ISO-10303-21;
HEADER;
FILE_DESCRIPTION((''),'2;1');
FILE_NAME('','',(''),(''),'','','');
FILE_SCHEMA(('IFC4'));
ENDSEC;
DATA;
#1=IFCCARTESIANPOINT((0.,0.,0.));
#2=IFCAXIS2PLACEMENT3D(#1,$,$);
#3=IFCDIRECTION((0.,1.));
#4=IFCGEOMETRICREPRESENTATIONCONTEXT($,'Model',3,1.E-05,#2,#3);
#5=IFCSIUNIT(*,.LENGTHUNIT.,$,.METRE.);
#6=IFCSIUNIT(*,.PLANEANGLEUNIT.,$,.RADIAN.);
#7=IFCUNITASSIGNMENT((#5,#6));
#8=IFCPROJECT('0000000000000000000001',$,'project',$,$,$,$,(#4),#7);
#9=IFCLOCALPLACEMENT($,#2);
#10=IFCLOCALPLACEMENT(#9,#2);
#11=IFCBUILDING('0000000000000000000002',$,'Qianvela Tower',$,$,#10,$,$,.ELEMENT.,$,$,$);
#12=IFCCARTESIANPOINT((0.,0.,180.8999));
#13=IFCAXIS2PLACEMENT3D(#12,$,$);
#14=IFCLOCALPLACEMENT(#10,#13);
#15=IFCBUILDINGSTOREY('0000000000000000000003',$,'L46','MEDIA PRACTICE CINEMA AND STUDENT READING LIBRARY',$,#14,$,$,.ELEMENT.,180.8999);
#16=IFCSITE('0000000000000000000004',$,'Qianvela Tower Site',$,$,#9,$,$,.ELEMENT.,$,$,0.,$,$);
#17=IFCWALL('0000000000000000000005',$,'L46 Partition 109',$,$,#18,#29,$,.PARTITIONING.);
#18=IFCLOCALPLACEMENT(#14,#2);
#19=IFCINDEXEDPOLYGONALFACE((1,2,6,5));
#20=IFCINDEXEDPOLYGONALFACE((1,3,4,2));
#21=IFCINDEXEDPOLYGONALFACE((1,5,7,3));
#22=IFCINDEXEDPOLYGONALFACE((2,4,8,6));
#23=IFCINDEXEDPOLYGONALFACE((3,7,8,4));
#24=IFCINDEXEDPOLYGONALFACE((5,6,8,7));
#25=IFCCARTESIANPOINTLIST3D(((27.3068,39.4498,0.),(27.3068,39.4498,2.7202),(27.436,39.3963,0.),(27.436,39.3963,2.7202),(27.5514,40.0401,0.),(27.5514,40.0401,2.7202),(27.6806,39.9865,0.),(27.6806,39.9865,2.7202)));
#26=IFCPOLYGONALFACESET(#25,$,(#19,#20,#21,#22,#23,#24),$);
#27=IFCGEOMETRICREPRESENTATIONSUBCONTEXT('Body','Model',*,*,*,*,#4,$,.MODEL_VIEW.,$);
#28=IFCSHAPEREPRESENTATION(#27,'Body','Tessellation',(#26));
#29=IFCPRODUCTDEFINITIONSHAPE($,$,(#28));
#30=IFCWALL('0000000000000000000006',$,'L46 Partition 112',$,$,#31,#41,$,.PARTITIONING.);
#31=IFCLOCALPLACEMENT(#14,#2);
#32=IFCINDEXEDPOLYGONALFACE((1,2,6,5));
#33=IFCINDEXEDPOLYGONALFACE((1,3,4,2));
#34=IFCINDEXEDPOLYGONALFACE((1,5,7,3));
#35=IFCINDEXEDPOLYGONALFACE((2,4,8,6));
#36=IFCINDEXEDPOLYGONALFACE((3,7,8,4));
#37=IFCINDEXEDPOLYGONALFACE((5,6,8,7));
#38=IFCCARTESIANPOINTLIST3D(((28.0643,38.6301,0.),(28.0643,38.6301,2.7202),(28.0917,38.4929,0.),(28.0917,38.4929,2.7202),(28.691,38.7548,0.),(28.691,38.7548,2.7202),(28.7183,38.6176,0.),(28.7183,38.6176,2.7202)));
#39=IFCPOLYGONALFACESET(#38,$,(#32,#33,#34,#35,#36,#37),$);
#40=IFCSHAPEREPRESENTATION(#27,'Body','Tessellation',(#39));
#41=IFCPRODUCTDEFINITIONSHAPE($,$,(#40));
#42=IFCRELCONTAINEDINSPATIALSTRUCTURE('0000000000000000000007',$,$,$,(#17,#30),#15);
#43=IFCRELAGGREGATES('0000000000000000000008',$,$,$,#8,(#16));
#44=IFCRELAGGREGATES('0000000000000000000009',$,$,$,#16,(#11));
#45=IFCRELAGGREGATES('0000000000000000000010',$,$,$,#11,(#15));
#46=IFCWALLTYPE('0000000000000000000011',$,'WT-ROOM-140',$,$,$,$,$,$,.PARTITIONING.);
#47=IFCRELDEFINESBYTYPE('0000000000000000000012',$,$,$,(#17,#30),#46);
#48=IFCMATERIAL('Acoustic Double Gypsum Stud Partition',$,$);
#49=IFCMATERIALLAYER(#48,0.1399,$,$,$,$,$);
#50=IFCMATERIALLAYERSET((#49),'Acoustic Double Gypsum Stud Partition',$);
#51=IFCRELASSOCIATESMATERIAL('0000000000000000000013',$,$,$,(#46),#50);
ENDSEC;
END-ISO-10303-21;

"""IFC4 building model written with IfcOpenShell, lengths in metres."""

from ifc_helpers import new_model, si_unit, direction, frame, frame_2d, origin, place, context, subcontext, project, spatial, rectangle, extrude, material, layer, layer_set, type_object, element, save


model = new_model("IFC4")

# Units and contexts
model_context = context("Model", 3, precision=1e-05, world=origin(), true_north=direction((0.0, 1.0)))
body_context = subcontext(model_context, "Body", "Model", "MODEL_VIEW")
ifc_project = project(units=[si_unit("LENGTHUNIT", "METRE"), si_unit("PLANEANGLEUNIT", "RADIAN")], contexts=[model_context])

# Site, building, storey
site_placement = place(None, origin())
site = spatial("IfcSite", under=ifc_project, at=site_placement, Name="Qianvela Tower Site", CompositionType="ELEMENT", RefElevation=0.0)
building_placement = place(site_placement, origin())
building = spatial("IfcBuilding", under=site, at=building_placement, Name="Qianvela Tower", CompositionType="ELEMENT")
storey_placement = place(building_placement, frame((0.0, 0.0, 180.8999)))
storey = spatial("IfcBuildingStorey", under=building, at=storey_placement, Name="L46", Description="MEDIA PRACTICE CINEMA AND STUDENT READING LIBRARY", CompositionType="ELEMENT", Elevation=180.8999)

# Walls
ifc_material_1 = material(Name="Acoustic Double Gypsum Stud Partition")
ifc_layer_1 = layer(ifc_material_1, 0.1399)
ifc_layer_set_1 = layer_set([ifc_layer_1], Name="Acoustic Double Gypsum Stud Partition")
wall_type_1 = type_object("IfcWallType", Name="WT-ROOM-140", PredefinedType="PARTITIONING", material=ifc_layer_set_1)
for number, where, z_axis, x_axis, name in (
    (1, (27.616, 40.0132, 0.0), (0.0, 0.0, 1.0), (-0.382824, -0.923821, 0.0), "L46 Partition 109"),
    (2, (28.0781, 38.5615, 0.0), (0.0, 0.0, 1.0), (0.980757, 0.195234, 0.0), "L46 Partition 112"),
):
    element("IfcWall", number, at=place(storey_placement, frame(where, z_axis=z_axis, x_axis=x_axis)), inside=storey, type_object=wall_type_1, Name=name, PredefinedType="PARTITIONING", context=body_context, shape_type="SweptSolid", body=[
        extrude(rectangle(XDim=0.6389, YDim=0.1399, at=frame_2d((0.3193, 0.0))), origin(), (0.0, 0.0, 1.0), 2.7202),
    ])

save(model, "model.ifc")
